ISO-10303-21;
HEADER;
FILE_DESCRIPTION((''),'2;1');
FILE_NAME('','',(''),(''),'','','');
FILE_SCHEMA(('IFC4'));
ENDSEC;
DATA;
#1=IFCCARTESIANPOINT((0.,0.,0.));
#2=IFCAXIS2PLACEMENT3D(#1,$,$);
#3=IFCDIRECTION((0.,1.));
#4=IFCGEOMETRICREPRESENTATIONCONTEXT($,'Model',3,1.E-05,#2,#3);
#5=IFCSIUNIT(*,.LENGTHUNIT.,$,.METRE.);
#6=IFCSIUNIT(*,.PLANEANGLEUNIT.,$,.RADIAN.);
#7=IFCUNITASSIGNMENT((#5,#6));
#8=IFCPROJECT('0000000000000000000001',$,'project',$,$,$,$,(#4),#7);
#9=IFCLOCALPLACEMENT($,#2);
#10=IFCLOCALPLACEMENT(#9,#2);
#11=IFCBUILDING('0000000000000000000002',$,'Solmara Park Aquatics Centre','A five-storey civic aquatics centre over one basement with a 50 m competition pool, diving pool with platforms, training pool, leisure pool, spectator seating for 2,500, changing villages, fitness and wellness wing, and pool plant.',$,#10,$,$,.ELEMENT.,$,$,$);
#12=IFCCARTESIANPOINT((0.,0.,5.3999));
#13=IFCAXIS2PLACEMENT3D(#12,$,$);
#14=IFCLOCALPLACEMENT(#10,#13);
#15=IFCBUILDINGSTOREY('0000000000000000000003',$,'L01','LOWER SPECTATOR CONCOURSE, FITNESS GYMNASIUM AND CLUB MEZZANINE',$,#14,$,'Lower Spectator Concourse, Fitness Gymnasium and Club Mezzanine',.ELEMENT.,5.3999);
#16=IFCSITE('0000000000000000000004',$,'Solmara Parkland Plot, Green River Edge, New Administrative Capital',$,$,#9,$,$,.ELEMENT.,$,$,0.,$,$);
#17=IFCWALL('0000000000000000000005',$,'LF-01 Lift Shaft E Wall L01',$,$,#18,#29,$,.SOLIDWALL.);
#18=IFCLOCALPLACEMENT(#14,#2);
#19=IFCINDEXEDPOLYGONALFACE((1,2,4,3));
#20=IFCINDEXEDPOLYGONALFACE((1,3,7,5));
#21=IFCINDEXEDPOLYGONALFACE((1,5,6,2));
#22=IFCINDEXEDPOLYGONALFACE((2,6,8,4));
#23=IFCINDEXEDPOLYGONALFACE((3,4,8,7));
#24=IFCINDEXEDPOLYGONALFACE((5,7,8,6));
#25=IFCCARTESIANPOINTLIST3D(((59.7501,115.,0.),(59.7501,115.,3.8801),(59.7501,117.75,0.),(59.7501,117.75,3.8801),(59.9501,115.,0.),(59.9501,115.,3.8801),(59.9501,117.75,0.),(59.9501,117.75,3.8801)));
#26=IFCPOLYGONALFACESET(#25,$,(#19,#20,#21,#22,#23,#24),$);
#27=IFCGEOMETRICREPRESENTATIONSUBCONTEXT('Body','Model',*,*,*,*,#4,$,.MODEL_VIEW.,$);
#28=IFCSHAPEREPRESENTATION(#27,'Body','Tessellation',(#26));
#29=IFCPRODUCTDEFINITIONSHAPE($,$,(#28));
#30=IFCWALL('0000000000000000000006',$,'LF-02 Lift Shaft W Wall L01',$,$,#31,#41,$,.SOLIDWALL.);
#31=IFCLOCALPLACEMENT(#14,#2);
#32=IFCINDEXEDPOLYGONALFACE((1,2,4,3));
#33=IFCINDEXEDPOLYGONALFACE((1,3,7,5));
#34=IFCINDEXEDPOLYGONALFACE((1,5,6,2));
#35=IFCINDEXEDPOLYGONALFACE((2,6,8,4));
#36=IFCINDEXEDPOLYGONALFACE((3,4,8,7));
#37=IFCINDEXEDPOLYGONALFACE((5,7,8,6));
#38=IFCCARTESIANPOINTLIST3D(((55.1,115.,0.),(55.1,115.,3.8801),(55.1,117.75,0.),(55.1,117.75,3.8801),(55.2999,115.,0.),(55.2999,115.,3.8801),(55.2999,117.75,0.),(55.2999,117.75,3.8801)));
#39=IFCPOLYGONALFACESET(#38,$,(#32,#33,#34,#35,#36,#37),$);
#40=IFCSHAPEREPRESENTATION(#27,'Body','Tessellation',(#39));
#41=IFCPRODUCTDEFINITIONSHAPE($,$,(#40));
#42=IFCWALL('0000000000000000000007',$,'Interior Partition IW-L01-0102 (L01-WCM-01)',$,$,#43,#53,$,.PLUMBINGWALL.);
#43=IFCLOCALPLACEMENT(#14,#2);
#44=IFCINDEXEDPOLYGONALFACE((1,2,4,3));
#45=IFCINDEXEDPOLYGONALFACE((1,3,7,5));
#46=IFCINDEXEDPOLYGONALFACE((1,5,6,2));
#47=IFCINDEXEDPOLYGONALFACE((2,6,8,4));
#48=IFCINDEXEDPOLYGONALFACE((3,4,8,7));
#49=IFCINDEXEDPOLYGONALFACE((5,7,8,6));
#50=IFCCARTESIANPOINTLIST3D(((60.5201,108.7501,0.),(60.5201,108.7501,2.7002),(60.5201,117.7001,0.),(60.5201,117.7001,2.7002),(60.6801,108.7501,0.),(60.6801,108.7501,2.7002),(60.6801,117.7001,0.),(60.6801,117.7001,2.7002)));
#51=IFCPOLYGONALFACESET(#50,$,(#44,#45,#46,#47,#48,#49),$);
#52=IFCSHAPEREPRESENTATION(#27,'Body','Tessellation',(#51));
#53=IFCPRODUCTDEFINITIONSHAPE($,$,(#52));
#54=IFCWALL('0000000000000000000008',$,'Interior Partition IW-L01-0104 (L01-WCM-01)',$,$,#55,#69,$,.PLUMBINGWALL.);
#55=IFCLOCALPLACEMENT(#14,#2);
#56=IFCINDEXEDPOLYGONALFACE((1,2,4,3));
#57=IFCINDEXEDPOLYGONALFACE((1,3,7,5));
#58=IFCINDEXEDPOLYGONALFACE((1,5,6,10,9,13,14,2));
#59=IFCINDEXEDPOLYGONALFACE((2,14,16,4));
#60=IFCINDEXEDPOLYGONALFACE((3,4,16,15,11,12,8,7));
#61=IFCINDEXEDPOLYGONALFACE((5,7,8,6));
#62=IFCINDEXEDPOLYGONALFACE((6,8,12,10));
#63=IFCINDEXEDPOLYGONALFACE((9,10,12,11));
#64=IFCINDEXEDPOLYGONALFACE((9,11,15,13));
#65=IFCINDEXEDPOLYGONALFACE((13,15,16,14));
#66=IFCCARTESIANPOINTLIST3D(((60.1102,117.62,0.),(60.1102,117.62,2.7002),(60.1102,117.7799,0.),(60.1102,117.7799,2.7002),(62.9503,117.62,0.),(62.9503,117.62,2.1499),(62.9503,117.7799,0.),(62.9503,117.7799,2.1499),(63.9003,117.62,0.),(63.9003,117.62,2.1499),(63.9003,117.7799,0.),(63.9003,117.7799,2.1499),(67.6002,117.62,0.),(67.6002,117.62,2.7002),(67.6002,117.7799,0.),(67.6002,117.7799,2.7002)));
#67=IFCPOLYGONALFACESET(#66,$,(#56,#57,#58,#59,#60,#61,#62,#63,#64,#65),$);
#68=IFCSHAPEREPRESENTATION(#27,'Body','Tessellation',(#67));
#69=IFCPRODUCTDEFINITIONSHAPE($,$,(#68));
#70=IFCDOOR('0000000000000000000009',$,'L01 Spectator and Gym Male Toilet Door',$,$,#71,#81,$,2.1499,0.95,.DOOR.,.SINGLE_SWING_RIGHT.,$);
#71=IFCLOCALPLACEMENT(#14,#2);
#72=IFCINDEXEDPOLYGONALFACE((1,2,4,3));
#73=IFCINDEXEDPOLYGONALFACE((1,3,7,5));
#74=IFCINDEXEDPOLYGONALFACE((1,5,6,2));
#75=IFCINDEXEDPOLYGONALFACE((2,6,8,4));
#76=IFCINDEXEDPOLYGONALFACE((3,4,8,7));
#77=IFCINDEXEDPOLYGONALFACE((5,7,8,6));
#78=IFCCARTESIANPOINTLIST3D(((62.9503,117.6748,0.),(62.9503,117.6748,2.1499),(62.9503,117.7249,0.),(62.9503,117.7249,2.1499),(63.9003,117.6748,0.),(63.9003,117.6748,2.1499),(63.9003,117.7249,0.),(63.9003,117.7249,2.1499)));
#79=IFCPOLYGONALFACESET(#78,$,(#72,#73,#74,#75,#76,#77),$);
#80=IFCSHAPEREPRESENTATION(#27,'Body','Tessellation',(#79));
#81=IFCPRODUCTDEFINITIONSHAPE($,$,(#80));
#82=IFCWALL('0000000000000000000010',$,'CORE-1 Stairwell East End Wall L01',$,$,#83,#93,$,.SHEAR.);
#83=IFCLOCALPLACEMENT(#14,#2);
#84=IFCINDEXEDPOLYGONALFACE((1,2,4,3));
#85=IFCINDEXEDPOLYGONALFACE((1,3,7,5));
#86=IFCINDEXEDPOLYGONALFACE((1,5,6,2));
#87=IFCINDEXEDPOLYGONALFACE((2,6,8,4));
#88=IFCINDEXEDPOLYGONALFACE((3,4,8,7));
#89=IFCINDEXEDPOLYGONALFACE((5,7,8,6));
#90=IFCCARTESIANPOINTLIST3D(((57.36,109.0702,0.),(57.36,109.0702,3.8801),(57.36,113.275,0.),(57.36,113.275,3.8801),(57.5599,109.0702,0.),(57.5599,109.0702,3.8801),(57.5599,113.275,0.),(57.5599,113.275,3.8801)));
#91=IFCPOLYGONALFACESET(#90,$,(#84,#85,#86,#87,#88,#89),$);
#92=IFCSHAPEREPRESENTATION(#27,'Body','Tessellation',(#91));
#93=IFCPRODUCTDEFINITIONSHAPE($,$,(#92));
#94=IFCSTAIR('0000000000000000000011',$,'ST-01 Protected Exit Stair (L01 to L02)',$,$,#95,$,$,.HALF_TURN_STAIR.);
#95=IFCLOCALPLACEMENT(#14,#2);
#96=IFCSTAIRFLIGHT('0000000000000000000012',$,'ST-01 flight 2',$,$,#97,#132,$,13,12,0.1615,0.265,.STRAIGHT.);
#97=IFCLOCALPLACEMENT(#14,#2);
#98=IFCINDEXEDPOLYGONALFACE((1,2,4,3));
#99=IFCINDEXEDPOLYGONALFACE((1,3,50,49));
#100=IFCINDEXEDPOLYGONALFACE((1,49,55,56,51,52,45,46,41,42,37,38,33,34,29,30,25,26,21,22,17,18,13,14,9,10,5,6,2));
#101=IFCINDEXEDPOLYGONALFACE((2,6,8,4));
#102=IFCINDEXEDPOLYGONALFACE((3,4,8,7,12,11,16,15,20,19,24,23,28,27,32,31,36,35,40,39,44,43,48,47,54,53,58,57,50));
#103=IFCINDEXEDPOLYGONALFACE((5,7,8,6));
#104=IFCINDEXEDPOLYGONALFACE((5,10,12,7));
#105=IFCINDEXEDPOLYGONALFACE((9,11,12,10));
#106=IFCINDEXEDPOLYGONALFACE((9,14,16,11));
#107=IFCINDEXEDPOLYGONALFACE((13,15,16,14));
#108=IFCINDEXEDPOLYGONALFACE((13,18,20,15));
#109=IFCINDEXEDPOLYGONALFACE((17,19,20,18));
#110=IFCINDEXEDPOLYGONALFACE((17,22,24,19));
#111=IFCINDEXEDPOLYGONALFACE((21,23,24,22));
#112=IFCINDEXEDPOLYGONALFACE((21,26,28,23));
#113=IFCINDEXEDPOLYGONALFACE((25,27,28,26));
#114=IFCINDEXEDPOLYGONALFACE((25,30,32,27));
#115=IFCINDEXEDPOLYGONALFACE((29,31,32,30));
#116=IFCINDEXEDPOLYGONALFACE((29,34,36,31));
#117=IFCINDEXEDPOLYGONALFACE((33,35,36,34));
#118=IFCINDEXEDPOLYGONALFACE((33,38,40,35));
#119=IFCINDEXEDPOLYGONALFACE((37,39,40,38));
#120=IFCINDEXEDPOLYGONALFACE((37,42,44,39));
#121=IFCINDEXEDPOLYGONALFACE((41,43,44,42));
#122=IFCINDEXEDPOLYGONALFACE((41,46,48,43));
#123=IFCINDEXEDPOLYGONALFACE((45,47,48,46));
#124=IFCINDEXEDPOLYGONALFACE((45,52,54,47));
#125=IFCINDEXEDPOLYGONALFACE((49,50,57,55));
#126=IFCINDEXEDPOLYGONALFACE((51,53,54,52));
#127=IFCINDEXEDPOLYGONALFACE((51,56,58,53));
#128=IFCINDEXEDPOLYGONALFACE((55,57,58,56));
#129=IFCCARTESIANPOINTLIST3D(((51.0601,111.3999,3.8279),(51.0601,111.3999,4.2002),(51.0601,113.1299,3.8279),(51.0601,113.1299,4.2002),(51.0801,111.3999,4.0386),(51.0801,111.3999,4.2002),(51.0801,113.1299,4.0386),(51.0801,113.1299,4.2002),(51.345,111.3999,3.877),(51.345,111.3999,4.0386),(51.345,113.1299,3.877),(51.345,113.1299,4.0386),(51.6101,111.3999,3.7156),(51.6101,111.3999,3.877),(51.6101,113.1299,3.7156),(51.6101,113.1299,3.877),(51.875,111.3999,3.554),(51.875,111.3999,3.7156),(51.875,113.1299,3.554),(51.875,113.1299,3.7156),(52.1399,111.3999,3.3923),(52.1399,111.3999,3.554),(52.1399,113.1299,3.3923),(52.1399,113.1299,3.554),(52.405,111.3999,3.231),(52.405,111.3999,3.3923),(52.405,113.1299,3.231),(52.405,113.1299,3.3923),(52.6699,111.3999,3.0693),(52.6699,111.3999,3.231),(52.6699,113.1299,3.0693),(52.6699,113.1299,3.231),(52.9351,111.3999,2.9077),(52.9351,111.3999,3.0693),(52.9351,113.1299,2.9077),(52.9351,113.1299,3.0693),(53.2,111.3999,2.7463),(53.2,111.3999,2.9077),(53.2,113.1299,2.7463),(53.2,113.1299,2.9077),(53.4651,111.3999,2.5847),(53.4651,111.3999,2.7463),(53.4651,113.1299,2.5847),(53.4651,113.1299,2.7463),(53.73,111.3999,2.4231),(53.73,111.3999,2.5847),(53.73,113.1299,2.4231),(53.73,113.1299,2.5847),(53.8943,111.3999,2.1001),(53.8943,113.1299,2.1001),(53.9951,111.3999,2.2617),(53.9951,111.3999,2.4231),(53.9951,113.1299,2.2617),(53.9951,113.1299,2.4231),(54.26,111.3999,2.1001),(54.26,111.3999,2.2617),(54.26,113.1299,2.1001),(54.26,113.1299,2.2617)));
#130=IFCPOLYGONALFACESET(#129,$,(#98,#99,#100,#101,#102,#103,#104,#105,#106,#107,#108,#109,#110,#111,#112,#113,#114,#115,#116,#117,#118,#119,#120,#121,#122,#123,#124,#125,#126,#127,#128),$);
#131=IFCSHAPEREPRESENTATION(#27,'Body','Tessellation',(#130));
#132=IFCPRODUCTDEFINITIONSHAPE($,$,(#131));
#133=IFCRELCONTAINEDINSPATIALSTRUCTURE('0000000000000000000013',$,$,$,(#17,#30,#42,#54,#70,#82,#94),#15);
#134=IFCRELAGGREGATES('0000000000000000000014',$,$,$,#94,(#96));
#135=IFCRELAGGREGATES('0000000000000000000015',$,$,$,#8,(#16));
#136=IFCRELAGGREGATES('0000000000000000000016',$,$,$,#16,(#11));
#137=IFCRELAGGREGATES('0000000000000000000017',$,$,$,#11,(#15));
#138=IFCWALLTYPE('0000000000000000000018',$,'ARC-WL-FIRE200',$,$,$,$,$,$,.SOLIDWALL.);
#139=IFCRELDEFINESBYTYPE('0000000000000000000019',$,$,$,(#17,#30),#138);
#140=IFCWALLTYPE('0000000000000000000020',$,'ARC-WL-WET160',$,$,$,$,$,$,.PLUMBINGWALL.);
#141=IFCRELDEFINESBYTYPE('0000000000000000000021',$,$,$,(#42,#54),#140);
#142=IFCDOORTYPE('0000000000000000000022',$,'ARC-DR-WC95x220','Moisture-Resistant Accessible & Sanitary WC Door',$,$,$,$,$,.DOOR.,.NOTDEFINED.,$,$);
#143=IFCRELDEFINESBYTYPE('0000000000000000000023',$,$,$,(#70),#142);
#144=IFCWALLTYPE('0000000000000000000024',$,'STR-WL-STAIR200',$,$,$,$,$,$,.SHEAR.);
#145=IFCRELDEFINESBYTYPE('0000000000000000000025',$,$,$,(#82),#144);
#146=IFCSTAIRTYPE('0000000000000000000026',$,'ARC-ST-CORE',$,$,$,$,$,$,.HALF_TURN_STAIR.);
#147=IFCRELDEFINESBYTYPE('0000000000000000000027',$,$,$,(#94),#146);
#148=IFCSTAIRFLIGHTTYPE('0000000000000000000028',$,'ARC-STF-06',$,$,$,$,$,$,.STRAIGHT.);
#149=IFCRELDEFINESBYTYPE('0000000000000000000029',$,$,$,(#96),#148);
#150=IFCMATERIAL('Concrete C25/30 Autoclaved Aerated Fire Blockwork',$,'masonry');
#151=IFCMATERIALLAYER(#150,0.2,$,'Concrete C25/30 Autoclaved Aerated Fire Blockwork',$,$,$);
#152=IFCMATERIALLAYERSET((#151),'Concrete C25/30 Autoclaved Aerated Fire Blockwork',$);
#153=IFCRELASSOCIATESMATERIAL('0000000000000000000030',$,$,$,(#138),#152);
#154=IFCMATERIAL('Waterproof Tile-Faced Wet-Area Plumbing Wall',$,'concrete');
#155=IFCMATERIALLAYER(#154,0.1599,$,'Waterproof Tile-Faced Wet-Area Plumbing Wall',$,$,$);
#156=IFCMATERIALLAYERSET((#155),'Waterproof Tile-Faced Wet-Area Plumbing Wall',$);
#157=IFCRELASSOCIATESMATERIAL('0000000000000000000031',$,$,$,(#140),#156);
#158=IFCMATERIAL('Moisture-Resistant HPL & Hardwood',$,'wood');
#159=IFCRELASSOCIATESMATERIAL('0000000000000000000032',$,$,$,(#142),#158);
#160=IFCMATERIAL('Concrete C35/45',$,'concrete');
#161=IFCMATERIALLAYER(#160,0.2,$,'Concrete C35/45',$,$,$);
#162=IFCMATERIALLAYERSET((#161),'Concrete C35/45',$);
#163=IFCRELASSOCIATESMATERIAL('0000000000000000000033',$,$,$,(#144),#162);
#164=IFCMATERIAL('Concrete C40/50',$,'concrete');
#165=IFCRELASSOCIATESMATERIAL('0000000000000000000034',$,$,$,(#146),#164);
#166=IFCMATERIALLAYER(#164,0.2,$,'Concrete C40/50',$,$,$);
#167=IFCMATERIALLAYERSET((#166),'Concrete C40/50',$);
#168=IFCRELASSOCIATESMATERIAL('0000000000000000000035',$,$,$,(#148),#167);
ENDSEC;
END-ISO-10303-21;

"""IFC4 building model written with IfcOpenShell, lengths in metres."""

from ifc_helpers import new_model, si_unit, direction, frame, frame_2d, origin, place, context, subcontext, project, spatial, polyline, rectangle, outline, extrude, material, layer, layer_set, type_object, element, fill, aggregate, save


model = new_model("IFC4")

# Units and contexts
model_context = context("Model", 3, precision=1e-05, world=origin(), true_north=direction((0.0, 1.0)))
body_context = subcontext(model_context, "Body", "Model", "MODEL_VIEW")
ifc_project = project(units=[si_unit("LENGTHUNIT", "METRE"), si_unit("PLANEANGLEUNIT", "RADIAN")], contexts=[model_context])

# Site, building, storey
site_placement = place(None, origin())
site = spatial("IfcSite", under=ifc_project, at=site_placement, Name="Solmara Parkland Plot, Green River Edge, New Administrative Capital", CompositionType="ELEMENT", RefElevation=0.0)
building_placement = place(site_placement, origin())
building = spatial("IfcBuilding", under=site, at=building_placement, Name="Solmara Park Aquatics Centre", Description="A five-storey civic aquatics centre over one basement with a 50 m competition pool, diving pool with platforms, training pool, leisure pool, spectator seating for 2,500, changing villages, fitness and wellness wing, and pool plant.", CompositionType="ELEMENT")
storey_placement = place(building_placement, frame((0.0, 0.0, 5.3999)))
storey = spatial("IfcBuildingStorey", under=building, at=storey_placement, Name="L01", Description="LOWER SPECTATOR CONCOURSE, FITNESS GYMNASIUM AND CLUB MEZZANINE", LongName="Lower Spectator Concourse, Fitness Gymnasium and Club Mezzanine", CompositionType="ELEMENT", Elevation=5.3999)

# Shared definitions
ifc_material_1 = material(Name="Concrete C40/50", Category="concrete")

# Shared definitions
ifc_material_2 = material(Name="Concrete C25/30 Autoclaved Aerated Fire Blockwork", Category="masonry")
ifc_layer_1 = layer(ifc_material_2, 0.2, Name="Concrete C25/30 Autoclaved Aerated Fire Blockwork")
ifc_layer_set_1 = layer_set([ifc_layer_1], Name="Concrete C25/30 Autoclaved Aerated Fire Blockwork")
wall_type_1 = type_object("IfcWallType", Name="ARC-WL-FIRE200", PredefinedType="SOLIDWALL", material=ifc_layer_set_1)

# Walls
for number, where, z_axis, x_axis, name in (
    (1, (59.8501, 115.0, 0.0), (0.0, 0.0, 1.0), (0.0, 1.0, 0.0), "LF-01 Lift Shaft E Wall L01"),
    (2, (55.2, 115.0, 0.0), (0.0, 0.0, 1.0), (0.0, 1.0, 0.0), "LF-02 Lift Shaft W Wall L01"),
):
    element("IfcWall", number, at=place(storey_placement, frame(where, z_axis=z_axis, x_axis=x_axis)), inside=storey, type_object=wall_type_1, Name=name, PredefinedType="SOLIDWALL", context=body_context, shape_type="SweptSolid", body=[
        extrude(rectangle(XDim=2.75, YDim=0.2, at=frame_2d((1.375, 0.0))), origin(), (0.0, 0.0, 1.0), 3.8801),
    ])
ifc_material_3 = material(Name="Waterproof Tile-Faced Wet-Area Plumbing Wall", Category="concrete")
ifc_layer_2 = layer(ifc_material_3, 0.1599, Name="Waterproof Tile-Faced Wet-Area Plumbing Wall")
ifc_layer_set_2 = layer_set([ifc_layer_2], Name="Waterproof Tile-Faced Wet-Area Plumbing Wall")
wall_type_2 = type_object("IfcWallType", Name="ARC-WL-WET160", PredefinedType="PLUMBINGWALL", material=ifc_layer_set_2)
wall_1_placement = place(storey_placement, frame((60.6001, 108.75, 0.0), z_axis=(0.0, 0.0, 1.0), x_axis=(0.0, 1.0, 0.0)))
element("IfcWall", 3, at=wall_1_placement, inside=storey, type_object=wall_type_2, Name="Interior Partition IW-L01-0102 (L01-WCM-01)", PredefinedType="PLUMBINGWALL", context=body_context, shape_type="SweptSolid", body=[
    extrude(rectangle(XDim=8.95, YDim=0.1599, at=frame_2d((4.4751, 0.0))), origin(), (0.0, 0.0, 1.0), 2.7002),
])

# Wall, opening, door
wall_2_placement = place(storey_placement, frame((60.1101, 117.7, 0.0), z_axis=(0.0, 0.0, 1.0), x_axis=(1.0, 0.0, 0.0)))
wall_2 = element("IfcWall", 4, at=wall_2_placement, inside=storey, type_object=wall_type_2, Name="Interior Partition IW-L01-0104 (L01-WCM-01)", PredefinedType="PLUMBINGWALL", context=body_context, shape_type="SweptSolid", body=[
    extrude(rectangle(XDim=7.49, YDim=0.1599, at=frame_2d((3.7451, 0.0))), origin(), (0.0, 0.0, 1.0), 2.7002),
])
opening_1_placement = place(wall_2_placement, frame((2.8401, 0.0, 0.0)))
opening_1 = element("IfcOpeningElement", 5, at=opening_1_placement, cuts=wall_2, PredefinedType="OPENING", context=body_context, shape_type="SweptSolid", body=[
    extrude(rectangle(XDim=0.95, YDim=2.1499, at=frame_2d((0.4751, 1.075))), frame((0.0, 0.0898, 0.0), z_axis=(0.0, -1.0, 0.0), x_axis=(1.0, 0.0, 0.0)), (0.0, 0.0, 1.0), 0.1799),
])
ifc_material_4 = material(Name="Moisture-Resistant HPL & Hardwood", Category="wood")
door_type_1 = type_object("IfcDoorType", Name="ARC-DR-WC95x220", Description="Moisture-Resistant Accessible & Sanitary WC Door", OperationType="NOTDEFINED", PredefinedType="DOOR", material=ifc_material_4)
door_1_placement = place(opening_1_placement, origin())
door_1 = element("IfcDoor", 6, at=door_1_placement, inside=storey, type_object=door_type_1, Name="L01 Spectator and Gym Male Toilet Door", OperationType="SINGLE_SWING_RIGHT", OverallHeight=2.1499, OverallWidth=0.95, PredefinedType="DOOR", context=body_context, shape_type="SweptSolid", body=[
    extrude(rectangle(XDim=0.95, YDim=2.1499, at=frame_2d((0.4751, 1.075))), frame((0.0, 0.0249, 0.0), z_axis=(0.0, -1.0, 0.0), x_axis=(1.0, 0.0, 0.0)), (0.0, 0.0, 1.0), 0.05),
])
fill(opening_1, door_1)

# Wall
ifc_material_5 = material(Name="Concrete C35/45", Category="concrete")
ifc_layer_3 = layer(ifc_material_5, 0.2, Name="Concrete C35/45")
ifc_layer_set_3 = layer_set([ifc_layer_3], Name="Concrete C35/45")
wall_type_3 = type_object("IfcWallType", Name="STR-WL-STAIR200", PredefinedType="SHEAR", material=ifc_layer_set_3)
wall_3_placement = place(storey_placement, frame((57.46, 109.0701, 0.0), z_axis=(0.0, 0.0, 1.0), x_axis=(0.0, 1.0, 0.0)))
element("IfcWall", 7, at=wall_3_placement, inside=storey, type_object=wall_type_3, Name="CORE-1 Stairwell East End Wall L01", PredefinedType="SHEAR", context=body_context, shape_type="SweptSolid", body=[
    extrude(rectangle(XDim=4.2048, YDim=0.2, at=frame_2d((2.1025, 0.0))), origin(), (0.0, 0.0, 1.0), 3.8801),
])

# Stair, stair flight
stair_type = type_object("IfcStairType", Name="ARC-ST-CORE", PredefinedType="HALF_TURN_STAIR", material=ifc_material_1)
stair_placement = place(storey_placement, origin())
stair = element("IfcStair", 8, at=stair_placement, inside=storey, type_object=stair_type, Name="ST-01 Protected Exit Stair (L01 to L02)", PredefinedType="HALF_TURN_STAIR")
ifc_layer_4 = layer(ifc_material_1, 0.2, Name="Concrete C40/50")
ifc_layer_set_4 = layer_set([ifc_layer_4], Name="Concrete C40/50")
stair_flight_type = type_object("IfcStairFlightType", Name="ARC-STF-06", PredefinedType="STRAIGHT", material=ifc_layer_set_4)
stair_flight_placement = place(storey_placement, frame((54.26, 112.2649, 2.1001), z_axis=(0.0, 0.0, 1.0), x_axis=(-1.0, 0.0, 0.0)))
stair_flight = element("IfcStairFlight", 9, at=stair_flight_placement, type_object=stair_flight_type, Name="ST-01 flight 2", NumberOfRisers=13, NumberOfTreads=12, PredefinedType="STRAIGHT", RiserHeight=0.1615, TreadLength=0.265, context=body_context, shape_type="SweptSolid", body=[
    extrude(outline(polyline([(0.0, 0.0), (0.0, 0.1616), (0.2649, 0.1616), (0.2649, 0.323), (0.53, 0.323), (0.53, 0.4846), (0.7949, 0.4846), (0.7949, 0.6462), (1.0601, 0.6462), (1.0601, 0.8076), (1.325, 0.8076), (1.325, 0.9692), (1.5901, 0.9692), (1.5901, 1.1309), (1.855, 1.1309), (1.855, 1.2922), (2.1201, 1.2922), (2.1201, 1.4539), (2.385, 1.4539), (2.385, 1.6155), (2.6499, 1.6155), (2.6499, 1.7769), (2.915, 1.7769), (2.915, 1.9385), (3.1799, 1.9385), (3.1799, 2.1001), (3.2, 2.1001), (3.2, 1.7278), (0.3657, 0.0), (0.0, 0.0)])), frame((0.0, 0.865, 0.0), z_axis=(0.0, -1.0, 0.0), x_axis=(1.0, 0.0, 0.0)), (0.0, 0.0, 1.0), 1.73),
])
aggregate(stair, [stair_flight])

save(model, "model.ifc")
